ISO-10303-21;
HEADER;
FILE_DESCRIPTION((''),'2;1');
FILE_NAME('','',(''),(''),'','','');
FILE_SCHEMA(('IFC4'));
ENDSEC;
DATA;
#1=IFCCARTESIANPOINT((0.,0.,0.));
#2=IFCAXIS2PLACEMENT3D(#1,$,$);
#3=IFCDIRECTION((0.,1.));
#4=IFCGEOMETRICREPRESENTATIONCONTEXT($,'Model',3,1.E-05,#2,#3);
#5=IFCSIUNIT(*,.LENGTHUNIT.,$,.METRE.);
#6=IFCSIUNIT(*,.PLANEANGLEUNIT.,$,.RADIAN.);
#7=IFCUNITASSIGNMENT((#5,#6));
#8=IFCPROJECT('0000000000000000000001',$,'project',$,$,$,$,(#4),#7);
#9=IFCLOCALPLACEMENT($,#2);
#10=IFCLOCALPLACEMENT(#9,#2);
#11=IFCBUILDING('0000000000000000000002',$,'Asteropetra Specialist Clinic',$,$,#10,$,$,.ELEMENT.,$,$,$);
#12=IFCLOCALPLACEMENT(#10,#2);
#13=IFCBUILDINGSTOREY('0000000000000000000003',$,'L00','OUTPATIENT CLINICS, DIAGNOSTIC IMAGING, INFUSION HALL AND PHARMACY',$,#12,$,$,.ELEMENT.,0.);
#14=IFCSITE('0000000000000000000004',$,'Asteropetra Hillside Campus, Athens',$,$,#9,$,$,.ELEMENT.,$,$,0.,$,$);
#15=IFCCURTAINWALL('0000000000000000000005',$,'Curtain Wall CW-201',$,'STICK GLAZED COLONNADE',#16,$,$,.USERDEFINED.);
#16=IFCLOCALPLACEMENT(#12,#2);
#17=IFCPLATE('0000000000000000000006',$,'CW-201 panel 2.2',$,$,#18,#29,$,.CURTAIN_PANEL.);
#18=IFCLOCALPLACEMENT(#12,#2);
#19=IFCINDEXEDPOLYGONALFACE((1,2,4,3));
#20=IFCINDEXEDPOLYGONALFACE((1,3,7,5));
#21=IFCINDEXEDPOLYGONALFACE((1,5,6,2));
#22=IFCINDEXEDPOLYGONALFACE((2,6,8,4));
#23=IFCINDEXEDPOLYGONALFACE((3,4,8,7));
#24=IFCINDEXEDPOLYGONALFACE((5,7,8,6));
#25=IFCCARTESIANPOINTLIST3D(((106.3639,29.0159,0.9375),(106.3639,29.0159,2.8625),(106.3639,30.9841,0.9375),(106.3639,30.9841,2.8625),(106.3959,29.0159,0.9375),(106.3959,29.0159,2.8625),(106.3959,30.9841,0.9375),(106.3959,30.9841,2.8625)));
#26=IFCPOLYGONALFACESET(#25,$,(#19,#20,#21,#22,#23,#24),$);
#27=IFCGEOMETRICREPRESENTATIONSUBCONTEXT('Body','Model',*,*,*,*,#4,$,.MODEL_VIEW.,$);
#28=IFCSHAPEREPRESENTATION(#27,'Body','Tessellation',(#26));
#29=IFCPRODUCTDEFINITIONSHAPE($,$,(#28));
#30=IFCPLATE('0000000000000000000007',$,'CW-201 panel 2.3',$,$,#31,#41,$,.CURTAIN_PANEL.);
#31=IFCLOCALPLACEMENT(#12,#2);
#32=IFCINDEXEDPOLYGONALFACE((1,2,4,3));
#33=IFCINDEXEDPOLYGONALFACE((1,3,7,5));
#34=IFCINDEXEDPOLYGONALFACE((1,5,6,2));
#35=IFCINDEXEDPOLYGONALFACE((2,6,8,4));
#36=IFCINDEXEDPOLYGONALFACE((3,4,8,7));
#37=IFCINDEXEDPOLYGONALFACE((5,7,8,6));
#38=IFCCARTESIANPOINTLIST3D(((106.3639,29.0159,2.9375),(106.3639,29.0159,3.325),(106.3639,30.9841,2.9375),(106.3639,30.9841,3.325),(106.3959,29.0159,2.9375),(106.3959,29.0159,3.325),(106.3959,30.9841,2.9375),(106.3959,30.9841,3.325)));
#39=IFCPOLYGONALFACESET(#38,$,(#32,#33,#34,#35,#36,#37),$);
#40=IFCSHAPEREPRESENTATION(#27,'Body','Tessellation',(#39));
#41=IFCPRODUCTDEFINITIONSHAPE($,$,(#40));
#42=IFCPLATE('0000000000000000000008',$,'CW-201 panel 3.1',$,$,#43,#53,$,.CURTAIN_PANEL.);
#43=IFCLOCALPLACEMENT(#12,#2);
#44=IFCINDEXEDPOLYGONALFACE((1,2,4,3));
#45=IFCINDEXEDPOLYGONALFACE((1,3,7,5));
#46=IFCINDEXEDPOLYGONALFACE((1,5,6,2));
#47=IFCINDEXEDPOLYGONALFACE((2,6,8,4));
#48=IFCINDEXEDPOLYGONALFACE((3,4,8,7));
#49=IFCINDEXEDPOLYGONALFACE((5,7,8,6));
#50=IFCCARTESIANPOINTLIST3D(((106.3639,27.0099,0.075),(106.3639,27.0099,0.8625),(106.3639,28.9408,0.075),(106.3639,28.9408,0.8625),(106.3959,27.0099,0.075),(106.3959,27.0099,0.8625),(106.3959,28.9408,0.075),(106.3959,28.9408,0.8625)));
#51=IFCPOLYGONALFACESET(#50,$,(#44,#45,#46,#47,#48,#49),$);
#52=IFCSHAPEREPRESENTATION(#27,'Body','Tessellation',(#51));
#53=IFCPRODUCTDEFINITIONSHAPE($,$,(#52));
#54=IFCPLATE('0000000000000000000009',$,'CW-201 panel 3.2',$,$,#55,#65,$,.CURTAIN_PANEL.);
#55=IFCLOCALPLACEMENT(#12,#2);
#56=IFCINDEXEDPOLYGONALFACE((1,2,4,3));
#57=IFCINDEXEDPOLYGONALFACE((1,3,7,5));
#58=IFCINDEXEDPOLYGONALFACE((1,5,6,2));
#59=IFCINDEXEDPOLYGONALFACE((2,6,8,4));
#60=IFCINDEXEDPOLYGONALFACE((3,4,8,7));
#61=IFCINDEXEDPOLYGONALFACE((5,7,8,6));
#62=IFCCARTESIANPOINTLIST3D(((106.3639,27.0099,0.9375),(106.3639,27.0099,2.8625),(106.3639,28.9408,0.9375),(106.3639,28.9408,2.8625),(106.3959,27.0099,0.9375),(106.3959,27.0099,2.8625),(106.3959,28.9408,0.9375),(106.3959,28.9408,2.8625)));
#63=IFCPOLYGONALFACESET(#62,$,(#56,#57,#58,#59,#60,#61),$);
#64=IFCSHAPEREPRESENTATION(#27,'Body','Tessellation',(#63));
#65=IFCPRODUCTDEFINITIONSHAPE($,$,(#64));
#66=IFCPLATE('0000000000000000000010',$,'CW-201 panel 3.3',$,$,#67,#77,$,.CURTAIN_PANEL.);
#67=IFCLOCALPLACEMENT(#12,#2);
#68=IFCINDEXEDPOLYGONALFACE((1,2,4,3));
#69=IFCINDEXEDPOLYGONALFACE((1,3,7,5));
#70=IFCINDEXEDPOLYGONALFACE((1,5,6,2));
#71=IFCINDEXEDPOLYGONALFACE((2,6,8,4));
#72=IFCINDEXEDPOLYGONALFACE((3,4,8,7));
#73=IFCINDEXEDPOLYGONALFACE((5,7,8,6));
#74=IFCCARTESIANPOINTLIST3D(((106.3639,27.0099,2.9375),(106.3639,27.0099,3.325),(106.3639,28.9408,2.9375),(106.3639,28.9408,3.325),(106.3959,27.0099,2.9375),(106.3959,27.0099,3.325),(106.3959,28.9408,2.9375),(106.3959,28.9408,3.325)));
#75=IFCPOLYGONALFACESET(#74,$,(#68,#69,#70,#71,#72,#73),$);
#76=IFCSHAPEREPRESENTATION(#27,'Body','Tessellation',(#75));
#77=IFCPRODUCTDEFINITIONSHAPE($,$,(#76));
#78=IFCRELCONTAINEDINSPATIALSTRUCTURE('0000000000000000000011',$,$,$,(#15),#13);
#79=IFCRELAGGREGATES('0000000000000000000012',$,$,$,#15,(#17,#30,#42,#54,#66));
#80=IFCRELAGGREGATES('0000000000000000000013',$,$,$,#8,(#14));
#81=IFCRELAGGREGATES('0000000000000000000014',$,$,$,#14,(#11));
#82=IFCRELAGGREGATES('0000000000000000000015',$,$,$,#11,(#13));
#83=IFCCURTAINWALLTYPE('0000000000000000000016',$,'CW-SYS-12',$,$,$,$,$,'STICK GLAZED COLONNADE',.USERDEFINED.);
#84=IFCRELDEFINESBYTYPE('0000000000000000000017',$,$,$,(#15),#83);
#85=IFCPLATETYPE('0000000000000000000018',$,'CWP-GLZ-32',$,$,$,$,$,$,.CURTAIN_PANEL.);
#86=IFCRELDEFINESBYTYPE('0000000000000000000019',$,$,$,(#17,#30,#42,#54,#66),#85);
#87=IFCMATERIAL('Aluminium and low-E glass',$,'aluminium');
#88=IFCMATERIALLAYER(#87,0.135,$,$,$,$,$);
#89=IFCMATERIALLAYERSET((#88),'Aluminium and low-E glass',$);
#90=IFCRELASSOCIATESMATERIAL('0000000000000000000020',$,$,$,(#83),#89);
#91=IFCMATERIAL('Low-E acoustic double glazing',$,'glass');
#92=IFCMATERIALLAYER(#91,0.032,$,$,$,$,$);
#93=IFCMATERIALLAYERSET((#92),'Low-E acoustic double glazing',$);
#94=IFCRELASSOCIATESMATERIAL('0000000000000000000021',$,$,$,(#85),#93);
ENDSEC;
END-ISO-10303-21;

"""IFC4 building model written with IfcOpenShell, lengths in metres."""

from ifc_helpers import new_model, si_unit, direction, frame, origin, origin_2d, place, context, subcontext, project, spatial, rectangle, extrude, material, layer, layer_set, type_object, element, aggregate, save


model = new_model("IFC4")

# Units and contexts
model_context = context("Model", 3, precision=1e-05, world=origin(), true_north=direction((0.0, 1.0)))
body_context = subcontext(model_context, "Body", "Model", "MODEL_VIEW")
ifc_project = project(units=[si_unit("LENGTHUNIT", "METRE"), si_unit("PLANEANGLEUNIT", "RADIAN")], contexts=[model_context])

# Site, building, storey
site_placement = place(None, origin())
site = spatial("IfcSite", under=ifc_project, at=site_placement, Name="Asteropetra Hillside Campus, Athens", CompositionType="ELEMENT", RefElevation=0.0)
building_placement = place(site_placement, origin())
building = spatial("IfcBuilding", under=site, at=building_placement, Name="Asteropetra Specialist Clinic", CompositionType="ELEMENT")
storey_placement = place(building_placement, origin())
storey = spatial("IfcBuildingStorey", under=building, at=storey_placement, Name="L00", Description="OUTPATIENT CLINICS, DIAGNOSTIC IMAGING, INFUSION HALL AND PHARMACY", CompositionType="ELEMENT", Elevation=0.0)

# Curtain wall
ifc_material_1 = material(Name="Aluminium and low-E glass", Category="aluminium")
ifc_layer_1 = layer(ifc_material_1, 0.135)
ifc_layer_set_1 = layer_set([ifc_layer_1], Name="Aluminium and low-E glass")
curtain_wall_type_1 = type_object("IfcCurtainWallType", Name="CW-SYS-12", ElementType="STICK GLAZED COLONNADE", PredefinedType="USERDEFINED", material=ifc_layer_set_1)
curtain_wall_1_placement = place(storey_placement, origin())
curtain_wall_1 = element("IfcCurtainWall", 1, at=curtain_wall_1_placement, inside=storey, type_object=curtain_wall_type_1, Name="Curtain Wall CW-201", ObjectType="STICK GLAZED COLONNADE", PredefinedType="USERDEFINED")

# Plates
ifc_material_2 = material(Name="Low-E acoustic double glazing", Category="glass")
ifc_layer_2 = layer(ifc_material_2, 0.032)
ifc_layer_set_2 = layer_set([ifc_layer_2], Name="Low-E acoustic double glazing")
plate_type = type_object("IfcPlateType", Name="CWP-GLZ-32", PredefinedType="CURTAIN_PANEL", material=ifc_layer_set_2)
plate_1_placement = place(storey_placement, frame((106.3799, 30.0, 0.9375), z_axis=(0.0, 0.0, 1.0), x_axis=(0.0, -1.0, 0.0)))
plate_1 = element("IfcPlate", 2, at=plate_1_placement, type_object=plate_type, Name="CW-201 panel 2.2", PredefinedType="CURTAIN_PANEL", context=body_context, shape_type="SweptSolid", body=[
    extrude(rectangle(XDim=1.9683, YDim=0.032, at=origin_2d()), origin(), (0.0, 0.0, 1.0), 1.925),
])
plate_2_placement = place(storey_placement, frame((106.3799, 30.0, 2.9375), z_axis=(0.0, 0.0, 1.0), x_axis=(0.0, -1.0, 0.0)))
plate_2 = element("IfcPlate", 3, at=plate_2_placement, type_object=plate_type, Name="CW-201 panel 2.3", PredefinedType="CURTAIN_PANEL", context=body_context, shape_type="SweptSolid", body=[
    extrude(rectangle(XDim=1.9683, YDim=0.032, at=origin_2d()), origin(), (0.0, 0.0, 1.0), 0.3875),
])
plate_3_placement = place(storey_placement, frame((106.3799, 27.9753, 0.075), z_axis=(0.0, 0.0, 1.0), x_axis=(0.0, -1.0, 0.0)))
plate_3 = element("IfcPlate", 4, at=plate_3_placement, type_object=plate_type, Name="CW-201 panel 3.1", PredefinedType="CURTAIN_PANEL", context=body_context, shape_type="SweptSolid", body=[
    extrude(rectangle(XDim=1.9309, YDim=0.032, at=origin_2d()), origin(), (0.0, 0.0, 1.0), 0.7876),
])
plate_4_placement = place(storey_placement, frame((106.3799, 27.9753, 0.9375), z_axis=(0.0, 0.0, 1.0), x_axis=(0.0, -1.0, 0.0)))
plate_4 = element("IfcPlate", 5, at=plate_4_placement, type_object=plate_type, Name="CW-201 panel 3.2", PredefinedType="CURTAIN_PANEL", context=body_context, shape_type="SweptSolid", body=[
    extrude(rectangle(XDim=1.9309, YDim=0.032, at=origin_2d()), origin(), (0.0, 0.0, 1.0), 1.925),
])
plate_5_placement = place(storey_placement, frame((106.3799, 27.9753, 2.9375), z_axis=(0.0, 0.0, 1.0), x_axis=(0.0, -1.0, 0.0)))
plate_5 = element("IfcPlate", 6, at=plate_5_placement, type_object=plate_type, Name="CW-201 panel 3.3", PredefinedType="CURTAIN_PANEL", context=body_context, shape_type="SweptSolid", body=[
    extrude(rectangle(XDim=1.9309, YDim=0.032, at=origin_2d()), origin(), (0.0, 0.0, 1.0), 0.3875),
])
aggregate(curtain_wall_1, [plate_1, plate_2, plate_3, plate_4, plate_5])

save(model, "model.ifc")
